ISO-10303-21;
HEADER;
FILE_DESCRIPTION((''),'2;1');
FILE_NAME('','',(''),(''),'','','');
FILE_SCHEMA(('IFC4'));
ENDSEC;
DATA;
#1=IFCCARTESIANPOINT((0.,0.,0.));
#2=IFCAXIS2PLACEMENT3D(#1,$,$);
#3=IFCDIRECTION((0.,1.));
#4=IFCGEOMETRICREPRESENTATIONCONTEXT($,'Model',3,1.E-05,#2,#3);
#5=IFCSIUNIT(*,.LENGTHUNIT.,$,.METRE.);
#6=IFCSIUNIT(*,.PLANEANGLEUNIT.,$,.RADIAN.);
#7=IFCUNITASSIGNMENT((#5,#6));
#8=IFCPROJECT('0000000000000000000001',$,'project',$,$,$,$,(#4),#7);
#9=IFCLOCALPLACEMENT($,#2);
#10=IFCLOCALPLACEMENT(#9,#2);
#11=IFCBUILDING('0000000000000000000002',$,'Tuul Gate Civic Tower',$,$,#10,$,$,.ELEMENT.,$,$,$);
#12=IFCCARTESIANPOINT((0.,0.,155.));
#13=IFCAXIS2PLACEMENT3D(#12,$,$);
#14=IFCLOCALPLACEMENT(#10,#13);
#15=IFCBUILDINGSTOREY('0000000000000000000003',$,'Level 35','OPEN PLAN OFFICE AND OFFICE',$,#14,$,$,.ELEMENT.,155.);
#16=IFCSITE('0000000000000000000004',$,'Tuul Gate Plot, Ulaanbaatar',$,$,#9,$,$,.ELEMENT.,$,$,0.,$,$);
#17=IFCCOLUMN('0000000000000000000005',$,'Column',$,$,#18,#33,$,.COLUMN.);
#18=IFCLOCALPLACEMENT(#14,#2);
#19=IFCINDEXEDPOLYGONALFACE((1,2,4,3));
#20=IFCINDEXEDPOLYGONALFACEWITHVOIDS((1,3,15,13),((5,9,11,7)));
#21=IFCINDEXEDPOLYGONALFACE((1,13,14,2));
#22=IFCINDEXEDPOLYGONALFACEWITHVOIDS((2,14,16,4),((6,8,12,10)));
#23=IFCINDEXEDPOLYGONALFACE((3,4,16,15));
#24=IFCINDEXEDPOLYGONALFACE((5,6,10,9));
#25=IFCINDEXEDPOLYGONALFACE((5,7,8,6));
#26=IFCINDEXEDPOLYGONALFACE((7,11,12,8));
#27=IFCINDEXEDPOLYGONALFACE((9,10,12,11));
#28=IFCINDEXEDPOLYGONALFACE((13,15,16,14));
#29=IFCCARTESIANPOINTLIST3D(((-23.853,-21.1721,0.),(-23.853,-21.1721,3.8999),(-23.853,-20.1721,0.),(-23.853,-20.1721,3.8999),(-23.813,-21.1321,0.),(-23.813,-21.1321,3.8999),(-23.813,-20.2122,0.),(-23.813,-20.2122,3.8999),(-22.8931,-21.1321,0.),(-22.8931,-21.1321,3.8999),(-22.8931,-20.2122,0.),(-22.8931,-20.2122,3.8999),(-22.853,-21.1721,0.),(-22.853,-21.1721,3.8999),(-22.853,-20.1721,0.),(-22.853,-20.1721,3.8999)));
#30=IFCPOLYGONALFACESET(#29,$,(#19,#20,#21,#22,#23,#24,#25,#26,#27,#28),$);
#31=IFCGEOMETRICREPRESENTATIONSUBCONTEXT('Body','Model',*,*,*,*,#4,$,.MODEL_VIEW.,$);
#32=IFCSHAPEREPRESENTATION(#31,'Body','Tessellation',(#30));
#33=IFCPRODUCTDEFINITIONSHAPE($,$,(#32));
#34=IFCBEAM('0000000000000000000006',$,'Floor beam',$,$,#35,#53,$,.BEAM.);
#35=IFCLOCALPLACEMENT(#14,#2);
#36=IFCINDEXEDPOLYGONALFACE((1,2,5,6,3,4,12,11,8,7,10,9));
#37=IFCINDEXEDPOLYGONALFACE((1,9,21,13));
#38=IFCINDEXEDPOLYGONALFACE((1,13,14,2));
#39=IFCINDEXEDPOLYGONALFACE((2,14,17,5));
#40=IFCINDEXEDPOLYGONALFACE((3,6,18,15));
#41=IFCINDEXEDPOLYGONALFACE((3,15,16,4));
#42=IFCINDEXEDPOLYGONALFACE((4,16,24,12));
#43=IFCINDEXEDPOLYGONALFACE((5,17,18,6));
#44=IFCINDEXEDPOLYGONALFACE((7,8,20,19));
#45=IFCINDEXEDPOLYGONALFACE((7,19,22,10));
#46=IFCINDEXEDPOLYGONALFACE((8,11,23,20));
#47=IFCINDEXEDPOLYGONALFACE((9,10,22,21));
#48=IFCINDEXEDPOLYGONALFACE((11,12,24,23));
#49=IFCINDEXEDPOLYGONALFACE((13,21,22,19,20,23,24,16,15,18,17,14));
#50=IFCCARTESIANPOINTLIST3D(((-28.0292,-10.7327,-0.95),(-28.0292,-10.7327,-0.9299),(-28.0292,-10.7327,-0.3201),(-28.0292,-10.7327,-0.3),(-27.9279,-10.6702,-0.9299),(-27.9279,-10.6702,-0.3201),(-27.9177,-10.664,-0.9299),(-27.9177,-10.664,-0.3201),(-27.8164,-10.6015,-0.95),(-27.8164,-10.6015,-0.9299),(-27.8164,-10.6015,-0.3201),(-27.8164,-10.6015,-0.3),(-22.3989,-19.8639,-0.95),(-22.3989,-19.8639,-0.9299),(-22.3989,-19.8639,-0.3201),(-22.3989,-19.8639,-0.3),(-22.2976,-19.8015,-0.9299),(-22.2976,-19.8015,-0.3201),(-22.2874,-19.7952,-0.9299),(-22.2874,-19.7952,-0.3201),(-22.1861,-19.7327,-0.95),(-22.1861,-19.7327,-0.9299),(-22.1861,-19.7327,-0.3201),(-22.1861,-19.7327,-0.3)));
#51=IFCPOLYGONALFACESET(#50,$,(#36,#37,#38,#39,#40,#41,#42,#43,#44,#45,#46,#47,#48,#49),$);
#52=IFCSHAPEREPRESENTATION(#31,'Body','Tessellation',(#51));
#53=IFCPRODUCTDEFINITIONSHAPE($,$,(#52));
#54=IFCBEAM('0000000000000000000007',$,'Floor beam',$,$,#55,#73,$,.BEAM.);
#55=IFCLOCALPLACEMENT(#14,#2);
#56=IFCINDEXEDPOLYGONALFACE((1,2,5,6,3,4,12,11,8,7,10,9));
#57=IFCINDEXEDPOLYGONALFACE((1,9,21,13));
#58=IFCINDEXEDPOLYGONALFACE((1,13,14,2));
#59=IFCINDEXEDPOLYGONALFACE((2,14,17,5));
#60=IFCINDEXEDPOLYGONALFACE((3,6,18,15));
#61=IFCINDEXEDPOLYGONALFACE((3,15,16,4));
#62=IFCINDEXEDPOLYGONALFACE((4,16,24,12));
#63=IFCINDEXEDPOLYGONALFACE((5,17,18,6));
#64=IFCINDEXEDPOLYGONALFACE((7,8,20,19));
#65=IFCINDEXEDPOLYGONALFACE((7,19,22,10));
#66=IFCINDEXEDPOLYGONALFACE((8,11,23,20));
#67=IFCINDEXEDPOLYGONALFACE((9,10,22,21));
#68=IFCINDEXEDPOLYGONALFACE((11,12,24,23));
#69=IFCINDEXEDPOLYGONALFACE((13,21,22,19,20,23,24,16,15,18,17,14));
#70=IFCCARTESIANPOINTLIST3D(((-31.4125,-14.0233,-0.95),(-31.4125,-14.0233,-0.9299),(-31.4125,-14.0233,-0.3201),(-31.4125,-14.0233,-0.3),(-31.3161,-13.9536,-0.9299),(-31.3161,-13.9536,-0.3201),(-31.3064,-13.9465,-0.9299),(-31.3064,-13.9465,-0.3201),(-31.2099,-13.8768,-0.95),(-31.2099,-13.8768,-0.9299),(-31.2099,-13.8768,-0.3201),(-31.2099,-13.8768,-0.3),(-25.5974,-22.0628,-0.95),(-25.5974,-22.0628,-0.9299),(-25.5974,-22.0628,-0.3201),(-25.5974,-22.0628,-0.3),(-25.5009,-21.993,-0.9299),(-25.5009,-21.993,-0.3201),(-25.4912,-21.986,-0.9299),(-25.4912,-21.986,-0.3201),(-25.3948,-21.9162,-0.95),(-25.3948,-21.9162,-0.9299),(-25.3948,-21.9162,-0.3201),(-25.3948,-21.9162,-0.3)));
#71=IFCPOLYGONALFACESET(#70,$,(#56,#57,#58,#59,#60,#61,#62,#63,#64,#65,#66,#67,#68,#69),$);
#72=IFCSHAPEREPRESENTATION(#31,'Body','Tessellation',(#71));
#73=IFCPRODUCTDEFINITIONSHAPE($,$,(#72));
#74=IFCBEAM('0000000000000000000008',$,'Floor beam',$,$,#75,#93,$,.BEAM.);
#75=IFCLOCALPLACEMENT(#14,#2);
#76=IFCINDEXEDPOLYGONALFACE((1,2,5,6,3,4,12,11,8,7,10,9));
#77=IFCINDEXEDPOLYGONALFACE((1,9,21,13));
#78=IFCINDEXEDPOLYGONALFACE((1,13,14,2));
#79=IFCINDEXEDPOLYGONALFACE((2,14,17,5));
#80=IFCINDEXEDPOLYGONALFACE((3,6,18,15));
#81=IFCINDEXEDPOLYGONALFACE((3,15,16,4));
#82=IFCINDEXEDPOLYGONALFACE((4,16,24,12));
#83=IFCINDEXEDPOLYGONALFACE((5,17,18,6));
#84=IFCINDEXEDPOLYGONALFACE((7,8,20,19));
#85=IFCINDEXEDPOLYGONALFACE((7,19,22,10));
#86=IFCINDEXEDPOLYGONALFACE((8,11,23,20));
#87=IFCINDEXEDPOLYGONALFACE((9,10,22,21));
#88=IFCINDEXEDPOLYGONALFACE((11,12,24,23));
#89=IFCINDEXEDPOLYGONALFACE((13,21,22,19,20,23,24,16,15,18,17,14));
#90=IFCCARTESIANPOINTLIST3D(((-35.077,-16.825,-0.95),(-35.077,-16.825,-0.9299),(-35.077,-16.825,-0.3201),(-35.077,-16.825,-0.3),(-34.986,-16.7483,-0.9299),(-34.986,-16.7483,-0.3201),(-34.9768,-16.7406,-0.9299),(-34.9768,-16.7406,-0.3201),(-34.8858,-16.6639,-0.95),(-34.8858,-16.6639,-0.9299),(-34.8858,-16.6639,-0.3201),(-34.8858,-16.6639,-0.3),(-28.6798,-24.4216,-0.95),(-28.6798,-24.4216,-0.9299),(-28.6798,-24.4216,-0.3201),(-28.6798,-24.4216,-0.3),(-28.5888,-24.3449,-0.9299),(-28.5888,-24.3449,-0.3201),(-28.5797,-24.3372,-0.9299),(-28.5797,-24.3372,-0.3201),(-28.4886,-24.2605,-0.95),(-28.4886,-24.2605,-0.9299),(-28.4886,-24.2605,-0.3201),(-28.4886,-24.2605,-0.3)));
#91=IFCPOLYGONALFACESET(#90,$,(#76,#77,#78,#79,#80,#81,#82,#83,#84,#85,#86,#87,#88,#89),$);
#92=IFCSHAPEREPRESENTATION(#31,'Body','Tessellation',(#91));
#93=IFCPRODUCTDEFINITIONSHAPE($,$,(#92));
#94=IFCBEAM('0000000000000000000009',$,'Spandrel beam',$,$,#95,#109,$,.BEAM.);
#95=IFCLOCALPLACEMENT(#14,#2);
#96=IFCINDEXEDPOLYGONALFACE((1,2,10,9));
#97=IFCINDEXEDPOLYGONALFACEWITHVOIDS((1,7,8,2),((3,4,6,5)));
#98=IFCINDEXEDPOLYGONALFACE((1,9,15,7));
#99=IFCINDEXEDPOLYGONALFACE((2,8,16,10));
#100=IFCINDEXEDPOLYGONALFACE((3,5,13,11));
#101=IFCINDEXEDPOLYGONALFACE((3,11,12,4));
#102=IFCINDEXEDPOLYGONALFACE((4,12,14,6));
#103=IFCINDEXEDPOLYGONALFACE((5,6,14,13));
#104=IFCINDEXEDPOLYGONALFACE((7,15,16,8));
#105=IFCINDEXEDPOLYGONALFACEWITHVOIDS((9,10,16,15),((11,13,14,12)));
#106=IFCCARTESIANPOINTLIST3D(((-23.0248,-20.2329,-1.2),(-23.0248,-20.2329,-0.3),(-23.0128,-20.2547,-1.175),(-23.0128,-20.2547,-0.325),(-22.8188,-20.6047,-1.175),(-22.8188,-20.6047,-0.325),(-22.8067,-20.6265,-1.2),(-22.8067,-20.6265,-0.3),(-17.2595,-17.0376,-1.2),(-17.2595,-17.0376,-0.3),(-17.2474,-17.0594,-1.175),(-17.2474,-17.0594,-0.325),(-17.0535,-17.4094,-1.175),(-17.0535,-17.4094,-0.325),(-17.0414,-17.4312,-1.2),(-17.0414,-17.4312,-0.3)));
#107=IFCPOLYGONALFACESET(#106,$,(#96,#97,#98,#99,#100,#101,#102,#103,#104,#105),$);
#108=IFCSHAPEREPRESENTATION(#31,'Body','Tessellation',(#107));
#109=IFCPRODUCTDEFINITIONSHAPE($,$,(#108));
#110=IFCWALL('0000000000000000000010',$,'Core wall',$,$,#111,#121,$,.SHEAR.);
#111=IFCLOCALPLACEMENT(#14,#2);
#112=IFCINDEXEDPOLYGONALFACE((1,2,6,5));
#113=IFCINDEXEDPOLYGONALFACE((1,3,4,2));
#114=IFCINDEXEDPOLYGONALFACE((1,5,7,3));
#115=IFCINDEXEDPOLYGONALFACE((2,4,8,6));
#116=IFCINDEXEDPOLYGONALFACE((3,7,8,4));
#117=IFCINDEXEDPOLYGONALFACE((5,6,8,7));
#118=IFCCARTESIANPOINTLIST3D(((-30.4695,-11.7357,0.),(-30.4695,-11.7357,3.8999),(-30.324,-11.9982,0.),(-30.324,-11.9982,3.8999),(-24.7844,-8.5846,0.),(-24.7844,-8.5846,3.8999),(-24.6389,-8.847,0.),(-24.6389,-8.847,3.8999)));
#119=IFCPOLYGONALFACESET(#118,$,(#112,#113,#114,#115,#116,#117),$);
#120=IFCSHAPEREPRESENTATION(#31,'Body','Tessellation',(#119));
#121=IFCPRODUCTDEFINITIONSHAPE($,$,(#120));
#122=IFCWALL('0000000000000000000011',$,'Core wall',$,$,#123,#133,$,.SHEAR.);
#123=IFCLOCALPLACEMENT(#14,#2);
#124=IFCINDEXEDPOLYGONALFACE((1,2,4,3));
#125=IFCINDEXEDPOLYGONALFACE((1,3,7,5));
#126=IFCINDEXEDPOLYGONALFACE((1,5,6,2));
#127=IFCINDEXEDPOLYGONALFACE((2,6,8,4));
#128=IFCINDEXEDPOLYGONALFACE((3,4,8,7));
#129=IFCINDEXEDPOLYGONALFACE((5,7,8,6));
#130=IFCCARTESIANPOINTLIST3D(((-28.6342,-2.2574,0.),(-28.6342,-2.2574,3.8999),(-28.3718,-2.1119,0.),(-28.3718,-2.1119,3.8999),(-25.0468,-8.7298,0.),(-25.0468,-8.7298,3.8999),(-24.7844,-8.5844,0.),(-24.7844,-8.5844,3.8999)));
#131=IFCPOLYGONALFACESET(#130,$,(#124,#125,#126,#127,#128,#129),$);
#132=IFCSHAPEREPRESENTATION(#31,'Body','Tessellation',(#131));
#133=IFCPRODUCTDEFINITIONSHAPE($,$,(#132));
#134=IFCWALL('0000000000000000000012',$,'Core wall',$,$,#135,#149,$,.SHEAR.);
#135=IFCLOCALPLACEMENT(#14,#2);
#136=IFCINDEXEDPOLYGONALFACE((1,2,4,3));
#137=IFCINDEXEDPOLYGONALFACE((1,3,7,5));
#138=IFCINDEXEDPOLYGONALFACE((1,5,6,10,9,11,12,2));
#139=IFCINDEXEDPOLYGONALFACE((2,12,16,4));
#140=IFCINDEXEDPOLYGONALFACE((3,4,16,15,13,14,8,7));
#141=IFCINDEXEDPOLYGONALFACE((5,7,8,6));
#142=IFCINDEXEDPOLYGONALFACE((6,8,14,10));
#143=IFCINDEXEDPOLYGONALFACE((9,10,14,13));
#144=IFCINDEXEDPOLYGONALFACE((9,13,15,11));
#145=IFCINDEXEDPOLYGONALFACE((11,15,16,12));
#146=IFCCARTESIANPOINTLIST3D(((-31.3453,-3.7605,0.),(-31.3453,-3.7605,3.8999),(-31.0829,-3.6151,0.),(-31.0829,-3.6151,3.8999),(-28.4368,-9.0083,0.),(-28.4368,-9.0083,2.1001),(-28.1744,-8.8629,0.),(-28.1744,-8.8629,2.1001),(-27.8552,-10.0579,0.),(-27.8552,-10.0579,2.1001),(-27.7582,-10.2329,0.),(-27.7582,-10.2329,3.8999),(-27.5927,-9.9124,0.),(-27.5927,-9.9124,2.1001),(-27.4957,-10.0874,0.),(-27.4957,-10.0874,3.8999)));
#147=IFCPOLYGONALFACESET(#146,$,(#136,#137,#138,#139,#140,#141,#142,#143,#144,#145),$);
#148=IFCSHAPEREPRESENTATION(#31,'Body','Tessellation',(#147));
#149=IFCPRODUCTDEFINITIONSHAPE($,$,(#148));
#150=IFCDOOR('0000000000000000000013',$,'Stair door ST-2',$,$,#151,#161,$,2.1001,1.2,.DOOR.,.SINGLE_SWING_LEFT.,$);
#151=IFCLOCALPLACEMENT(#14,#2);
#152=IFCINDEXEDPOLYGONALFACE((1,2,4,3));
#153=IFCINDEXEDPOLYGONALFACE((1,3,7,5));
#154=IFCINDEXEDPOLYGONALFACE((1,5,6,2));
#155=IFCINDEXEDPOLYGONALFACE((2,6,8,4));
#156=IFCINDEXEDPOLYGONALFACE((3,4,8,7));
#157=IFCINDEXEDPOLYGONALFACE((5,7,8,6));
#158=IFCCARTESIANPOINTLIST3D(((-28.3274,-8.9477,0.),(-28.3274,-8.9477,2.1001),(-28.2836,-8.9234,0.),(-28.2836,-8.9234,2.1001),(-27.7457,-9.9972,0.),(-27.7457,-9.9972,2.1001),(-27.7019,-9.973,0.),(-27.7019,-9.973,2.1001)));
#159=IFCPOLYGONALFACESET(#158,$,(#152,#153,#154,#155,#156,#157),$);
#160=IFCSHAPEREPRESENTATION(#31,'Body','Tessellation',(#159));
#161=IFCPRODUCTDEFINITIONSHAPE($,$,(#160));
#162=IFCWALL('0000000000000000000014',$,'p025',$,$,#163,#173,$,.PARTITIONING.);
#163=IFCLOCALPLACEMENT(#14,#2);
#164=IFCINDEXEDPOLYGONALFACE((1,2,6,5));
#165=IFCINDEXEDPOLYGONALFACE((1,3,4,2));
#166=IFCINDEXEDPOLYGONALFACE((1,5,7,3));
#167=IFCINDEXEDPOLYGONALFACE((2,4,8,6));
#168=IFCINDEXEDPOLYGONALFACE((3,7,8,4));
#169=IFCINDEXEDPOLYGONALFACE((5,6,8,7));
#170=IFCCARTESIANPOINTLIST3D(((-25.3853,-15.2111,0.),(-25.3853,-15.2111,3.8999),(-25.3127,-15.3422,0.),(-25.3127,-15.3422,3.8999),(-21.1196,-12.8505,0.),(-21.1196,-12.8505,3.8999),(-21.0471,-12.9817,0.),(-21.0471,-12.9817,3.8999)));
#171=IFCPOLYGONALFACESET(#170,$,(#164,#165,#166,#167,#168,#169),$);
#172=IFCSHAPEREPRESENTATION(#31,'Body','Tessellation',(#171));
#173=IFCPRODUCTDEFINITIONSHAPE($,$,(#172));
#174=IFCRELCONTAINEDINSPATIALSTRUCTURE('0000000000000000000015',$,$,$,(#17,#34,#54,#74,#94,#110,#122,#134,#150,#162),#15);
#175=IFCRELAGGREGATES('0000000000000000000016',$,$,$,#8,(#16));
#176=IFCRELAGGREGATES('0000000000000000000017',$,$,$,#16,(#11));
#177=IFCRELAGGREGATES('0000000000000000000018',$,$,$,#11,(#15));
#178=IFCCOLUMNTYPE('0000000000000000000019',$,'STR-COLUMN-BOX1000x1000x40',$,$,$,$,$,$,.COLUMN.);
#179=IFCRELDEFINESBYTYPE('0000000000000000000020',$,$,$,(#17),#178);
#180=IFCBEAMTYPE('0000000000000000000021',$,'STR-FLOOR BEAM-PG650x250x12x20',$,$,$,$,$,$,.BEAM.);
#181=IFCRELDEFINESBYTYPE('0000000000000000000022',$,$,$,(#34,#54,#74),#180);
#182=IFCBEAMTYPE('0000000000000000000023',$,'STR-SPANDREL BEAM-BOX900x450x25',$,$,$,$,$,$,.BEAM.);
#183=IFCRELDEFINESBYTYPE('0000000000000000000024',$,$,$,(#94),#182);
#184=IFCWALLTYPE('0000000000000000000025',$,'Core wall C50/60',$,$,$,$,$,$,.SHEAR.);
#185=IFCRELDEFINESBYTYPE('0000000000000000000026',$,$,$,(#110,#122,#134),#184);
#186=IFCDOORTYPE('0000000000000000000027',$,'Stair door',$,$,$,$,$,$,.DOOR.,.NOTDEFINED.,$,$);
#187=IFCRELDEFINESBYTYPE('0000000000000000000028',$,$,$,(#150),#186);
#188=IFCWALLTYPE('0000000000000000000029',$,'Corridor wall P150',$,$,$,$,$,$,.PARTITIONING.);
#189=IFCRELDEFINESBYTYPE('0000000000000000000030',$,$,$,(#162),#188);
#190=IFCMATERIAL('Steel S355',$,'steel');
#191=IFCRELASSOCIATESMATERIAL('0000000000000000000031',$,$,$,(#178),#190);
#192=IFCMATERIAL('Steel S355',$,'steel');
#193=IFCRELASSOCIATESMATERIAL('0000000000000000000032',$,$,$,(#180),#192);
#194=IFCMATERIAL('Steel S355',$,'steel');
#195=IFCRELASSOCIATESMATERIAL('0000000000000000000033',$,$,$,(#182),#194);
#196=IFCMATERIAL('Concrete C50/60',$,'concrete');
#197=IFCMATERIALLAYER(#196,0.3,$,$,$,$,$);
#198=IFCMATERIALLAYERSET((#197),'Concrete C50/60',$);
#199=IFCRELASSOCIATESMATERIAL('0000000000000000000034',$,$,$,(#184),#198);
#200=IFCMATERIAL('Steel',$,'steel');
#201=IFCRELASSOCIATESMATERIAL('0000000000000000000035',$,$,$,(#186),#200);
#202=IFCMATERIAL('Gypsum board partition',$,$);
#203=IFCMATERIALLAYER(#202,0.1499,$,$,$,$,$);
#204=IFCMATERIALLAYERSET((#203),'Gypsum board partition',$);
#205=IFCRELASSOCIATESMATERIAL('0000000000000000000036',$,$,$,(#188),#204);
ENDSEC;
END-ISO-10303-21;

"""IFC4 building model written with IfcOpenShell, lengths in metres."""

from ifc_helpers import new_model, si_unit, direction, frame, frame_2d, origin, origin_2d, place, context, subcontext, project, spatial, rectangle, hollow_rectangle, i_section, extrude, material, layer, layer_set, material_profile, profile_set, type_object, element, fill, save


model = new_model("IFC4")

# Units and contexts
model_context = context("Model", 3, precision=1e-05, world=origin(), true_north=direction((0.0, 1.0)))
body_context = subcontext(model_context, "Body", "Model", "MODEL_VIEW")
ifc_project = project(units=[si_unit("LENGTHUNIT", "METRE"), si_unit("PLANEANGLEUNIT", "RADIAN")], contexts=[model_context])

# Site, building, storey
site_placement = place(None, origin())
site = spatial("IfcSite", under=ifc_project, at=site_placement, Name="Tuul Gate Plot, Ulaanbaatar", CompositionType="ELEMENT", RefElevation=0.0)
building_placement = place(site_placement, origin())
building = spatial("IfcBuilding", under=site, at=building_placement, Name="Tuul Gate Civic Tower", CompositionType="ELEMENT")
storey_placement = place(building_placement, frame((0.0, 0.0, 155.0)))
storey = spatial("IfcBuildingStorey", under=building, at=storey_placement, Name="Level 35", Description="OPEN PLAN OFFICE AND OFFICE", CompositionType="ELEMENT", Elevation=155.0)

# Column
ifc_material_1 = material(Name="Steel S355", Category="steel")
ifc_material_profile_1 = material_profile(ifc_material_1, hollow_rectangle(XDim=1.0, YDim=1.0, WallThickness=0.04, at=origin_2d()), Name="BOX1000x1000x40")
ifc_profile_set_1 = profile_set([ifc_material_profile_1], Name="Steel S355")
column_type = type_object("IfcColumnType", Name="STR-COLUMN-BOX1000x1000x40", PredefinedType="COLUMN", material=ifc_profile_set_1)
column_placement = place(storey_placement, frame((-23.353, -20.6721, 0.0), z_axis=(0.0, 0.0, 1.0), x_axis=(1.0, 0.0, 0.0)))
element("IfcColumn", 1, at=column_placement, inside=storey, type_object=column_type, Name="Column", PredefinedType="COLUMN", context=body_context, shape_type="SweptSolid", body=[
    extrude(hollow_rectangle(XDim=1.0, YDim=1.0, WallThickness=0.04, at=origin_2d()), origin(), (0.0, 0.0, 1.0), 3.8999),
])

# Beams
ifc_material_2 = material(Name="Steel S355", Category="steel")
ifc_material_profile_2 = material_profile(ifc_material_2, i_section(OverallWidth=0.25, OverallDepth=0.6499, WebThickness=0.012, FlangeThickness=0.02, at=origin_2d()), Name="PG650x250x12x20")
ifc_profile_set_2 = profile_set([ifc_material_profile_2], Name="Steel S355")
beam_type_1 = type_object("IfcBeamType", Name="STR-FLOOR BEAM-PG650x250x12x20", PredefinedType="BEAM", material=ifc_profile_set_2)
beam_1_placement = place(storey_placement, frame((-22.2925, -19.7983, -0.625), z_axis=(-0.524846, 0.851197, 0.0), x_axis=(-0.851197, -0.524846, 0.0)))
element("IfcBeam", 2, at=beam_1_placement, inside=storey, type_object=beam_type_1, Name="Floor beam", PredefinedType="BEAM", context=body_context, shape_type="SweptSolid", body=[
    extrude(i_section(OverallWidth=0.25, OverallDepth=0.6499, WebThickness=0.012, FlangeThickness=0.02, at=origin_2d()), origin(), (0.0, 0.0, 1.0), 10.7275),
])
beam_2_placement = place(storey_placement, frame((-25.4961, -21.9895, -0.625), z_axis=(-0.586076, 0.810256, 0.0), x_axis=(-0.810256, -0.586076, 0.0)))
element("IfcBeam", 3, at=beam_2_placement, inside=storey, type_object=beam_type_1, Name="Floor beam", PredefinedType="BEAM", context=body_context, shape_type="SweptSolid", body=[
    extrude(i_section(OverallWidth=0.25, OverallDepth=0.6499, WebThickness=0.012, FlangeThickness=0.02, at=origin_2d()), origin(), (0.0, 0.0, 1.0), 9.9221),
])
beam_3_placement = place(storey_placement, frame((-28.5842, -24.3411, -0.625), z_axis=(-0.644137, 0.764911, 0.0), x_axis=(-0.764911, -0.644137, 0.0)))
element("IfcBeam", 4, at=beam_3_placement, inside=storey, type_object=beam_type_1, Name="Floor beam", PredefinedType="BEAM", context=body_context, shape_type="SweptSolid", body=[
    extrude(i_section(OverallWidth=0.25, OverallDepth=0.6499, WebThickness=0.012, FlangeThickness=0.02, at=origin_2d()), origin(), (0.0, 0.0, 1.0), 9.9314),
])
ifc_material_3 = material(Name="Steel S355", Category="steel")
ifc_material_profile_3 = material_profile(ifc_material_3, hollow_rectangle(XDim=0.45, YDim=0.8999, WallThickness=0.0249, at=origin_2d()), Name="BOX900x450x25")
ifc_profile_set_3 = profile_set([ifc_material_profile_3], Name="Steel S355")
beam_type_2 = type_object("IfcBeamType", Name="STR-SPANDREL BEAM-BOX900x450x25", PredefinedType="BEAM", material=ifc_profile_set_3)
beam_4_placement = place(storey_placement, frame((-22.9158, -20.4297, -0.75), z_axis=(0.874651, 0.484753, 0.0), x_axis=(-0.484753, 0.874651, 0.0)))
element("IfcBeam", 5, at=beam_4_placement, inside=storey, type_object=beam_type_2, Name="Spandrel beam", PredefinedType="BEAM", context=body_context, shape_type="SweptSolid", body=[
    extrude(hollow_rectangle(XDim=0.45, YDim=0.8999, WallThickness=0.0249, at=origin_2d()), origin(), (0.0, 0.0, 1.0), 6.5916),
])

# Walls
ifc_material_4 = material(Name="Concrete C50/60", Category="concrete")
ifc_layer_1 = layer(ifc_material_4, 0.3)
ifc_layer_set_1 = layer_set([ifc_layer_1], Name="Concrete C50/60")
wall_type_1 = type_object("IfcWallType", Name="Core wall C50/60", PredefinedType="SHEAR", material=ifc_layer_set_1)
wall_1_placement = place(storey_placement, frame((-24.7117, -8.7158, 0.0), z_axis=(0.0, 0.0, 1.0), x_axis=(-0.87463, -0.484791, 0.0)))
element("IfcWall", 6, at=wall_1_placement, inside=storey, type_object=wall_type_1, Name="Core wall", PredefinedType="SHEAR", context=body_context, shape_type="SweptSolid", body=[
    extrude(rectangle(XDim=6.5, YDim=0.3, at=frame_2d((3.25, 0.0))), origin(), (0.0, 0.0, 1.0), 3.8999),
])
wall_2_placement = place(storey_placement, frame((-24.9155, -8.6572, 0.0), z_axis=(0.0, 0.0, 1.0), x_axis=(-0.484777, 0.874638, 0.0)))
element("IfcWall", 7, at=wall_2_placement, inside=storey, type_object=wall_type_1, Name="Core wall", PredefinedType="SHEAR", context=body_context, shape_type="SweptSolid", body=[
    extrude(rectangle(XDim=7.4001, YDim=0.3, at=frame_2d((3.7002, 0.0))), origin(), (0.0, 0.0, 1.0), 3.8999),
])

# Wall, opening, door
wall_3_placement = place(storey_placement, frame((-27.627, -10.1602, 0.0), z_axis=(0.0, 0.0, 1.0), x_axis=(-0.484752, 0.874652, 0.0)))
wall_3 = element("IfcWall", 8, at=wall_3_placement, inside=storey, type_object=wall_type_1, Name="Core wall", PredefinedType="SHEAR", context=body_context, shape_type="SweptSolid", body=[
    extrude(rectangle(XDim=7.3999, YDim=0.3, at=frame_2d((3.7, 0.0))), origin(), (0.0, 0.0, 1.0), 3.8999),
])
opening_1_placement = place(wall_3_placement, frame((0.2, 0.0, 0.0)))
opening_1 = element("IfcOpeningElement", 9, at=opening_1_placement, cuts=wall_3, PredefinedType="OPENING", context=body_context, shape_type="SweptSolid", body=[
    extrude(rectangle(XDim=1.2, YDim=2.1001, at=frame_2d((0.6001, 1.05))), frame((0.0, 0.1602, 0.0), z_axis=(0.0, -1.0, 0.0), x_axis=(1.0, 0.0, 0.0)), (0.0, 0.0, 1.0), 0.3201),
])
ifc_material_5 = material(Name="Steel", Category="steel")
door_type_1 = type_object("IfcDoorType", Name="Stair door", OperationType="NOTDEFINED", PredefinedType="DOOR", material=ifc_material_5)
door_1_placement = place(opening_1_placement, origin())
door_1 = element("IfcDoor", 10, at=door_1_placement, inside=storey, type_object=door_type_1, Name="Stair door ST-2", OperationType="SINGLE_SWING_LEFT", OverallHeight=2.1001, OverallWidth=1.2, PredefinedType="DOOR", context=body_context, shape_type="SweptSolid", body=[
    extrude(rectangle(XDim=1.2, YDim=2.1001, at=frame_2d((0.6001, 1.05))), frame((0.0, 0.0249, 0.0), z_axis=(0.0, -1.0, 0.0), x_axis=(1.0, 0.0, 0.0)), (0.0, 0.0, 1.0), 0.05),
])
fill(opening_1, door_1)

# Wall
ifc_material_6 = material(Name="Gypsum board partition")
ifc_layer_2 = layer(ifc_material_6, 0.1499)
ifc_layer_set_2 = layer_set([ifc_layer_2], Name="Gypsum board partition")
wall_type_2 = type_object("IfcWallType", Name="Corridor wall P150", PredefinedType="PARTITIONING", material=ifc_layer_set_2)
wall_4_placement = place(storey_placement, frame((-25.3489, -15.2766, 0.0), z_axis=(0.0, 0.0, 1.0), x_axis=(0.874957, 0.484201, 0.0)))
element("IfcWall", 11, at=wall_4_placement, inside=storey, type_object=wall_type_2, Name="p025", PredefinedType="PARTITIONING", context=body_context, shape_type="SweptSolid", body=[
    extrude(rectangle(XDim=4.8752, YDim=0.1499, at=frame_2d((2.4375, 0.0))), origin(), (0.0, 0.0, 1.0), 3.8999),
])

save(model, "model.ifc")
